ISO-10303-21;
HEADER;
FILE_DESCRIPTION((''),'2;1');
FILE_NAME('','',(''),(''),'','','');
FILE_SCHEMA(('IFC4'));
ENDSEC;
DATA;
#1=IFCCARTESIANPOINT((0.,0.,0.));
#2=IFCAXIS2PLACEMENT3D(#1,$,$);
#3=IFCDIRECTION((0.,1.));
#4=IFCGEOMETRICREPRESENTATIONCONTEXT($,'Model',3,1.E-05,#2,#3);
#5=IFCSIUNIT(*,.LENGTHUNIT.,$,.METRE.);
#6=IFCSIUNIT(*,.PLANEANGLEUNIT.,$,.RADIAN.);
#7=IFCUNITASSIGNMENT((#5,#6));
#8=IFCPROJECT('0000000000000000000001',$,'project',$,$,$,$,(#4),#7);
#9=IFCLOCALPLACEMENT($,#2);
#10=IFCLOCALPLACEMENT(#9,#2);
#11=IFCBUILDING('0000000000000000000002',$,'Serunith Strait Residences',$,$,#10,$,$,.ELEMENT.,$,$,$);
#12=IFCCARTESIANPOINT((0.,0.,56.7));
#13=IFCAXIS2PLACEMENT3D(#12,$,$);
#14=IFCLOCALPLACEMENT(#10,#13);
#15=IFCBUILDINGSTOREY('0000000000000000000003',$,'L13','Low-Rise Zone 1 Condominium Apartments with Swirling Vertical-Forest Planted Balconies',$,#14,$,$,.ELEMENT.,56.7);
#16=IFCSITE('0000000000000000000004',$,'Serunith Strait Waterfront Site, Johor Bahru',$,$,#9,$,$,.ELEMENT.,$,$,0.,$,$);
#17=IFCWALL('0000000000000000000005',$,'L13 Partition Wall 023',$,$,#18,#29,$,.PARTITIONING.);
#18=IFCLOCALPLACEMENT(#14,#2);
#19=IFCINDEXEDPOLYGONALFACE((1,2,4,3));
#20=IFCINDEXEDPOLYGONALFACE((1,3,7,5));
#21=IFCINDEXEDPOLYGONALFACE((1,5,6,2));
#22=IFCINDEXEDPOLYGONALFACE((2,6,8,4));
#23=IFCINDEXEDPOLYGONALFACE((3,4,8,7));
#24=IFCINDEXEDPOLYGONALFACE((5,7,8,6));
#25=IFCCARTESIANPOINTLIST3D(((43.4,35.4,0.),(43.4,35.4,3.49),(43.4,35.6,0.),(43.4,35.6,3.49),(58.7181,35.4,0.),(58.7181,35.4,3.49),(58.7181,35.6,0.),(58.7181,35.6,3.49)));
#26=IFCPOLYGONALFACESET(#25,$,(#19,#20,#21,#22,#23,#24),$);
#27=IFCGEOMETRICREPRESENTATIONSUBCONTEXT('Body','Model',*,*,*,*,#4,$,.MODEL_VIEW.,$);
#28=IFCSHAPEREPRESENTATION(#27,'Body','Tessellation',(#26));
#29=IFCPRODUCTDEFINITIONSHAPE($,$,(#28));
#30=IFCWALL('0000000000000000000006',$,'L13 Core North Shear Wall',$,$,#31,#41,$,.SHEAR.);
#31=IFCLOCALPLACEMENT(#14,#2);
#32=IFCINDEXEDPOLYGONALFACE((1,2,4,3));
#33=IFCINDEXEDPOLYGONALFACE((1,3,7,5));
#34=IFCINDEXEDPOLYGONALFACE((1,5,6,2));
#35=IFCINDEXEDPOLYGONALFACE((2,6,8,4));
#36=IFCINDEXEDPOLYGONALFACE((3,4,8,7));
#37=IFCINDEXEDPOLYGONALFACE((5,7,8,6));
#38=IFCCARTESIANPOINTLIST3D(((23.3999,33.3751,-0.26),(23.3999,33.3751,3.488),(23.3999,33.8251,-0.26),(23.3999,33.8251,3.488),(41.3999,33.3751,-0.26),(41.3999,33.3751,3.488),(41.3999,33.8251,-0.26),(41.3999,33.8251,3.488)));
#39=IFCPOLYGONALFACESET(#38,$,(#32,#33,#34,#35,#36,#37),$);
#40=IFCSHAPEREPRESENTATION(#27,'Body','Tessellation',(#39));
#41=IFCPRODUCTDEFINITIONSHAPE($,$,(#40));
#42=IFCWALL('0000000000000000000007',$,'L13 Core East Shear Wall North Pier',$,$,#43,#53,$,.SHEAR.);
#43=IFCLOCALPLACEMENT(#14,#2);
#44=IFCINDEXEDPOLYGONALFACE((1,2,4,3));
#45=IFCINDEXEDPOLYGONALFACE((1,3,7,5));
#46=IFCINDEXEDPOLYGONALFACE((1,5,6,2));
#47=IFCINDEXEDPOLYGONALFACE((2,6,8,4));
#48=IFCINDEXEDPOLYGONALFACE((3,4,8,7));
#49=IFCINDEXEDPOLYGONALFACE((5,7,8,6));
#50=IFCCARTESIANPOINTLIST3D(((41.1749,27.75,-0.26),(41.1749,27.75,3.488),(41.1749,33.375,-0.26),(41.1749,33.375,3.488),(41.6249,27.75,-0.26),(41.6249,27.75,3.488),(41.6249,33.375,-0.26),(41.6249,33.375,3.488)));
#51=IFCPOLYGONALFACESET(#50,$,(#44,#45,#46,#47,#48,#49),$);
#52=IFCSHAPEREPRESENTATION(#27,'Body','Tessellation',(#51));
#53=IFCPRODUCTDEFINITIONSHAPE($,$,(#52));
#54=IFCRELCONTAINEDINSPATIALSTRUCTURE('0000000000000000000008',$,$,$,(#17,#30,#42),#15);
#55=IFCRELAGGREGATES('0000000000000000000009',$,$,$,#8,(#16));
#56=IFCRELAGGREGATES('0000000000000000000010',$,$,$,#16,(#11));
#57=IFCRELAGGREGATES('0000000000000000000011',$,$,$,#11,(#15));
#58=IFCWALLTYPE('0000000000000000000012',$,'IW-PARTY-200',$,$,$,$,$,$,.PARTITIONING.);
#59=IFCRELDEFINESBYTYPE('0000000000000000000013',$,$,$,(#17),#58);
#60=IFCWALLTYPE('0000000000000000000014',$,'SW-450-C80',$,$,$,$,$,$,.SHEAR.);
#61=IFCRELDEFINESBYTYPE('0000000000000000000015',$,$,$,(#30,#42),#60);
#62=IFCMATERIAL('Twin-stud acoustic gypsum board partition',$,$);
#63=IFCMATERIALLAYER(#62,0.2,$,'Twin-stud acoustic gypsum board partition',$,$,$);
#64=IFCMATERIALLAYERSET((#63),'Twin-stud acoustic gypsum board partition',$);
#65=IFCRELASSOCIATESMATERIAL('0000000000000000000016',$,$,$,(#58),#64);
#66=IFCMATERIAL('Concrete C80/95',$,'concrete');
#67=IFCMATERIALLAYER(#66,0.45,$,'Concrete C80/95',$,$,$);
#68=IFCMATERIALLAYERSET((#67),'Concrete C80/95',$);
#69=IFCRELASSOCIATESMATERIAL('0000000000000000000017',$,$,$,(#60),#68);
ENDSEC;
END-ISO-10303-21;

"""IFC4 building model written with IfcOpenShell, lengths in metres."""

from ifc_helpers import new_model, si_unit, direction, frame, frame_2d, origin, place, context, subcontext, project, spatial, rectangle, extrude, material, layer, layer_set, type_object, element, save


model = new_model("IFC4")

# Units and contexts
model_context = context("Model", 3, precision=1e-05, world=origin(), true_north=direction((0.0, 1.0)))
body_context = subcontext(model_context, "Body", "Model", "MODEL_VIEW")
ifc_project = project(units=[si_unit("LENGTHUNIT", "METRE"), si_unit("PLANEANGLEUNIT", "RADIAN")], contexts=[model_context])

# Site, building, storey
site_placement = place(None, origin())
site = spatial("IfcSite", under=ifc_project, at=site_placement, Name="Serunith Strait Waterfront Site, Johor Bahru", CompositionType="ELEMENT", RefElevation=0.0)
building_placement = place(site_placement, origin())
building = spatial("IfcBuilding", under=site, at=building_placement, Name="Serunith Strait Residences", CompositionType="ELEMENT")
storey_placement = place(building_placement, frame((0.0, 0.0, 56.7)))
storey = spatial("IfcBuildingStorey", under=building, at=storey_placement, Name="L13", Description="Low-Rise Zone 1 Condominium Apartments with Swirling Vertical-Forest Planted Balconies", CompositionType="ELEMENT", Elevation=56.7)

# Wall
ifc_material_1 = material(Name="Twin-stud acoustic gypsum board partition")
ifc_layer_1 = layer(ifc_material_1, 0.2, Name="Twin-stud acoustic gypsum board partition")
ifc_layer_set_1 = layer_set([ifc_layer_1], Name="Twin-stud acoustic gypsum board partition")
wall_type_1 = type_object("IfcWallType", Name="IW-PARTY-200", PredefinedType="PARTITIONING", material=ifc_layer_set_1)
wall_1_placement = place(storey_placement, frame((43.3999, 35.5, 0.0), z_axis=(0.0, 0.0, 1.0), x_axis=(1.0, 0.0, 0.0)))
element("IfcWall", 1, at=wall_1_placement, inside=storey, type_object=wall_type_1, Name="L13 Partition Wall 023", PredefinedType="PARTITIONING", context=body_context, shape_type="SweptSolid", body=[
    extrude(rectangle(XDim=15.3181, YDim=0.2, at=frame_2d((7.6592, 0.0))), origin(), (0.0, 0.0, 1.0), 3.49),
])

# Walls
ifc_material_2 = material(Name="Concrete C80/95", Category="concrete")
ifc_layer_2 = layer(ifc_material_2, 0.45, Name="Concrete C80/95")
ifc_layer_set_2 = layer_set([ifc_layer_2], Name="Concrete C80/95")
wall_type_2 = type_object("IfcWallType", Name="SW-450-C80", PredefinedType="SHEAR", material=ifc_layer_set_2)
wall_2_placement = place(storey_placement, frame((41.3999, 33.6001, -0.26), z_axis=(0.0, 0.0, 1.0), x_axis=(-1.0, 0.0, 0.0)))
element("IfcWall", 2, at=wall_2_placement, inside=storey, type_object=wall_type_2, Name="L13 Core North Shear Wall", PredefinedType="SHEAR", context=body_context, shape_type="SweptSolid", body=[
    extrude(rectangle(XDim=18.0, YDim=0.45, at=frame_2d((9.0, 0.0))), origin(), (0.0, 0.0, 1.0), 3.748),
])
wall_3_placement = place(storey_placement, frame((41.3999, 27.75, -0.26), z_axis=(0.0, 0.0, 1.0), x_axis=(0.0, 1.0, 0.0)))
element("IfcWall", 3, at=wall_3_placement, inside=storey, type_object=wall_type_2, Name="L13 Core East Shear Wall North Pier", PredefinedType="SHEAR", context=body_context, shape_type="SweptSolid", body=[
    extrude(rectangle(XDim=5.625, YDim=0.45, at=frame_2d((2.8125, 0.0))), origin(), (0.0, 0.0, 1.0), 3.748),
])

save(model, "model.ifc")
